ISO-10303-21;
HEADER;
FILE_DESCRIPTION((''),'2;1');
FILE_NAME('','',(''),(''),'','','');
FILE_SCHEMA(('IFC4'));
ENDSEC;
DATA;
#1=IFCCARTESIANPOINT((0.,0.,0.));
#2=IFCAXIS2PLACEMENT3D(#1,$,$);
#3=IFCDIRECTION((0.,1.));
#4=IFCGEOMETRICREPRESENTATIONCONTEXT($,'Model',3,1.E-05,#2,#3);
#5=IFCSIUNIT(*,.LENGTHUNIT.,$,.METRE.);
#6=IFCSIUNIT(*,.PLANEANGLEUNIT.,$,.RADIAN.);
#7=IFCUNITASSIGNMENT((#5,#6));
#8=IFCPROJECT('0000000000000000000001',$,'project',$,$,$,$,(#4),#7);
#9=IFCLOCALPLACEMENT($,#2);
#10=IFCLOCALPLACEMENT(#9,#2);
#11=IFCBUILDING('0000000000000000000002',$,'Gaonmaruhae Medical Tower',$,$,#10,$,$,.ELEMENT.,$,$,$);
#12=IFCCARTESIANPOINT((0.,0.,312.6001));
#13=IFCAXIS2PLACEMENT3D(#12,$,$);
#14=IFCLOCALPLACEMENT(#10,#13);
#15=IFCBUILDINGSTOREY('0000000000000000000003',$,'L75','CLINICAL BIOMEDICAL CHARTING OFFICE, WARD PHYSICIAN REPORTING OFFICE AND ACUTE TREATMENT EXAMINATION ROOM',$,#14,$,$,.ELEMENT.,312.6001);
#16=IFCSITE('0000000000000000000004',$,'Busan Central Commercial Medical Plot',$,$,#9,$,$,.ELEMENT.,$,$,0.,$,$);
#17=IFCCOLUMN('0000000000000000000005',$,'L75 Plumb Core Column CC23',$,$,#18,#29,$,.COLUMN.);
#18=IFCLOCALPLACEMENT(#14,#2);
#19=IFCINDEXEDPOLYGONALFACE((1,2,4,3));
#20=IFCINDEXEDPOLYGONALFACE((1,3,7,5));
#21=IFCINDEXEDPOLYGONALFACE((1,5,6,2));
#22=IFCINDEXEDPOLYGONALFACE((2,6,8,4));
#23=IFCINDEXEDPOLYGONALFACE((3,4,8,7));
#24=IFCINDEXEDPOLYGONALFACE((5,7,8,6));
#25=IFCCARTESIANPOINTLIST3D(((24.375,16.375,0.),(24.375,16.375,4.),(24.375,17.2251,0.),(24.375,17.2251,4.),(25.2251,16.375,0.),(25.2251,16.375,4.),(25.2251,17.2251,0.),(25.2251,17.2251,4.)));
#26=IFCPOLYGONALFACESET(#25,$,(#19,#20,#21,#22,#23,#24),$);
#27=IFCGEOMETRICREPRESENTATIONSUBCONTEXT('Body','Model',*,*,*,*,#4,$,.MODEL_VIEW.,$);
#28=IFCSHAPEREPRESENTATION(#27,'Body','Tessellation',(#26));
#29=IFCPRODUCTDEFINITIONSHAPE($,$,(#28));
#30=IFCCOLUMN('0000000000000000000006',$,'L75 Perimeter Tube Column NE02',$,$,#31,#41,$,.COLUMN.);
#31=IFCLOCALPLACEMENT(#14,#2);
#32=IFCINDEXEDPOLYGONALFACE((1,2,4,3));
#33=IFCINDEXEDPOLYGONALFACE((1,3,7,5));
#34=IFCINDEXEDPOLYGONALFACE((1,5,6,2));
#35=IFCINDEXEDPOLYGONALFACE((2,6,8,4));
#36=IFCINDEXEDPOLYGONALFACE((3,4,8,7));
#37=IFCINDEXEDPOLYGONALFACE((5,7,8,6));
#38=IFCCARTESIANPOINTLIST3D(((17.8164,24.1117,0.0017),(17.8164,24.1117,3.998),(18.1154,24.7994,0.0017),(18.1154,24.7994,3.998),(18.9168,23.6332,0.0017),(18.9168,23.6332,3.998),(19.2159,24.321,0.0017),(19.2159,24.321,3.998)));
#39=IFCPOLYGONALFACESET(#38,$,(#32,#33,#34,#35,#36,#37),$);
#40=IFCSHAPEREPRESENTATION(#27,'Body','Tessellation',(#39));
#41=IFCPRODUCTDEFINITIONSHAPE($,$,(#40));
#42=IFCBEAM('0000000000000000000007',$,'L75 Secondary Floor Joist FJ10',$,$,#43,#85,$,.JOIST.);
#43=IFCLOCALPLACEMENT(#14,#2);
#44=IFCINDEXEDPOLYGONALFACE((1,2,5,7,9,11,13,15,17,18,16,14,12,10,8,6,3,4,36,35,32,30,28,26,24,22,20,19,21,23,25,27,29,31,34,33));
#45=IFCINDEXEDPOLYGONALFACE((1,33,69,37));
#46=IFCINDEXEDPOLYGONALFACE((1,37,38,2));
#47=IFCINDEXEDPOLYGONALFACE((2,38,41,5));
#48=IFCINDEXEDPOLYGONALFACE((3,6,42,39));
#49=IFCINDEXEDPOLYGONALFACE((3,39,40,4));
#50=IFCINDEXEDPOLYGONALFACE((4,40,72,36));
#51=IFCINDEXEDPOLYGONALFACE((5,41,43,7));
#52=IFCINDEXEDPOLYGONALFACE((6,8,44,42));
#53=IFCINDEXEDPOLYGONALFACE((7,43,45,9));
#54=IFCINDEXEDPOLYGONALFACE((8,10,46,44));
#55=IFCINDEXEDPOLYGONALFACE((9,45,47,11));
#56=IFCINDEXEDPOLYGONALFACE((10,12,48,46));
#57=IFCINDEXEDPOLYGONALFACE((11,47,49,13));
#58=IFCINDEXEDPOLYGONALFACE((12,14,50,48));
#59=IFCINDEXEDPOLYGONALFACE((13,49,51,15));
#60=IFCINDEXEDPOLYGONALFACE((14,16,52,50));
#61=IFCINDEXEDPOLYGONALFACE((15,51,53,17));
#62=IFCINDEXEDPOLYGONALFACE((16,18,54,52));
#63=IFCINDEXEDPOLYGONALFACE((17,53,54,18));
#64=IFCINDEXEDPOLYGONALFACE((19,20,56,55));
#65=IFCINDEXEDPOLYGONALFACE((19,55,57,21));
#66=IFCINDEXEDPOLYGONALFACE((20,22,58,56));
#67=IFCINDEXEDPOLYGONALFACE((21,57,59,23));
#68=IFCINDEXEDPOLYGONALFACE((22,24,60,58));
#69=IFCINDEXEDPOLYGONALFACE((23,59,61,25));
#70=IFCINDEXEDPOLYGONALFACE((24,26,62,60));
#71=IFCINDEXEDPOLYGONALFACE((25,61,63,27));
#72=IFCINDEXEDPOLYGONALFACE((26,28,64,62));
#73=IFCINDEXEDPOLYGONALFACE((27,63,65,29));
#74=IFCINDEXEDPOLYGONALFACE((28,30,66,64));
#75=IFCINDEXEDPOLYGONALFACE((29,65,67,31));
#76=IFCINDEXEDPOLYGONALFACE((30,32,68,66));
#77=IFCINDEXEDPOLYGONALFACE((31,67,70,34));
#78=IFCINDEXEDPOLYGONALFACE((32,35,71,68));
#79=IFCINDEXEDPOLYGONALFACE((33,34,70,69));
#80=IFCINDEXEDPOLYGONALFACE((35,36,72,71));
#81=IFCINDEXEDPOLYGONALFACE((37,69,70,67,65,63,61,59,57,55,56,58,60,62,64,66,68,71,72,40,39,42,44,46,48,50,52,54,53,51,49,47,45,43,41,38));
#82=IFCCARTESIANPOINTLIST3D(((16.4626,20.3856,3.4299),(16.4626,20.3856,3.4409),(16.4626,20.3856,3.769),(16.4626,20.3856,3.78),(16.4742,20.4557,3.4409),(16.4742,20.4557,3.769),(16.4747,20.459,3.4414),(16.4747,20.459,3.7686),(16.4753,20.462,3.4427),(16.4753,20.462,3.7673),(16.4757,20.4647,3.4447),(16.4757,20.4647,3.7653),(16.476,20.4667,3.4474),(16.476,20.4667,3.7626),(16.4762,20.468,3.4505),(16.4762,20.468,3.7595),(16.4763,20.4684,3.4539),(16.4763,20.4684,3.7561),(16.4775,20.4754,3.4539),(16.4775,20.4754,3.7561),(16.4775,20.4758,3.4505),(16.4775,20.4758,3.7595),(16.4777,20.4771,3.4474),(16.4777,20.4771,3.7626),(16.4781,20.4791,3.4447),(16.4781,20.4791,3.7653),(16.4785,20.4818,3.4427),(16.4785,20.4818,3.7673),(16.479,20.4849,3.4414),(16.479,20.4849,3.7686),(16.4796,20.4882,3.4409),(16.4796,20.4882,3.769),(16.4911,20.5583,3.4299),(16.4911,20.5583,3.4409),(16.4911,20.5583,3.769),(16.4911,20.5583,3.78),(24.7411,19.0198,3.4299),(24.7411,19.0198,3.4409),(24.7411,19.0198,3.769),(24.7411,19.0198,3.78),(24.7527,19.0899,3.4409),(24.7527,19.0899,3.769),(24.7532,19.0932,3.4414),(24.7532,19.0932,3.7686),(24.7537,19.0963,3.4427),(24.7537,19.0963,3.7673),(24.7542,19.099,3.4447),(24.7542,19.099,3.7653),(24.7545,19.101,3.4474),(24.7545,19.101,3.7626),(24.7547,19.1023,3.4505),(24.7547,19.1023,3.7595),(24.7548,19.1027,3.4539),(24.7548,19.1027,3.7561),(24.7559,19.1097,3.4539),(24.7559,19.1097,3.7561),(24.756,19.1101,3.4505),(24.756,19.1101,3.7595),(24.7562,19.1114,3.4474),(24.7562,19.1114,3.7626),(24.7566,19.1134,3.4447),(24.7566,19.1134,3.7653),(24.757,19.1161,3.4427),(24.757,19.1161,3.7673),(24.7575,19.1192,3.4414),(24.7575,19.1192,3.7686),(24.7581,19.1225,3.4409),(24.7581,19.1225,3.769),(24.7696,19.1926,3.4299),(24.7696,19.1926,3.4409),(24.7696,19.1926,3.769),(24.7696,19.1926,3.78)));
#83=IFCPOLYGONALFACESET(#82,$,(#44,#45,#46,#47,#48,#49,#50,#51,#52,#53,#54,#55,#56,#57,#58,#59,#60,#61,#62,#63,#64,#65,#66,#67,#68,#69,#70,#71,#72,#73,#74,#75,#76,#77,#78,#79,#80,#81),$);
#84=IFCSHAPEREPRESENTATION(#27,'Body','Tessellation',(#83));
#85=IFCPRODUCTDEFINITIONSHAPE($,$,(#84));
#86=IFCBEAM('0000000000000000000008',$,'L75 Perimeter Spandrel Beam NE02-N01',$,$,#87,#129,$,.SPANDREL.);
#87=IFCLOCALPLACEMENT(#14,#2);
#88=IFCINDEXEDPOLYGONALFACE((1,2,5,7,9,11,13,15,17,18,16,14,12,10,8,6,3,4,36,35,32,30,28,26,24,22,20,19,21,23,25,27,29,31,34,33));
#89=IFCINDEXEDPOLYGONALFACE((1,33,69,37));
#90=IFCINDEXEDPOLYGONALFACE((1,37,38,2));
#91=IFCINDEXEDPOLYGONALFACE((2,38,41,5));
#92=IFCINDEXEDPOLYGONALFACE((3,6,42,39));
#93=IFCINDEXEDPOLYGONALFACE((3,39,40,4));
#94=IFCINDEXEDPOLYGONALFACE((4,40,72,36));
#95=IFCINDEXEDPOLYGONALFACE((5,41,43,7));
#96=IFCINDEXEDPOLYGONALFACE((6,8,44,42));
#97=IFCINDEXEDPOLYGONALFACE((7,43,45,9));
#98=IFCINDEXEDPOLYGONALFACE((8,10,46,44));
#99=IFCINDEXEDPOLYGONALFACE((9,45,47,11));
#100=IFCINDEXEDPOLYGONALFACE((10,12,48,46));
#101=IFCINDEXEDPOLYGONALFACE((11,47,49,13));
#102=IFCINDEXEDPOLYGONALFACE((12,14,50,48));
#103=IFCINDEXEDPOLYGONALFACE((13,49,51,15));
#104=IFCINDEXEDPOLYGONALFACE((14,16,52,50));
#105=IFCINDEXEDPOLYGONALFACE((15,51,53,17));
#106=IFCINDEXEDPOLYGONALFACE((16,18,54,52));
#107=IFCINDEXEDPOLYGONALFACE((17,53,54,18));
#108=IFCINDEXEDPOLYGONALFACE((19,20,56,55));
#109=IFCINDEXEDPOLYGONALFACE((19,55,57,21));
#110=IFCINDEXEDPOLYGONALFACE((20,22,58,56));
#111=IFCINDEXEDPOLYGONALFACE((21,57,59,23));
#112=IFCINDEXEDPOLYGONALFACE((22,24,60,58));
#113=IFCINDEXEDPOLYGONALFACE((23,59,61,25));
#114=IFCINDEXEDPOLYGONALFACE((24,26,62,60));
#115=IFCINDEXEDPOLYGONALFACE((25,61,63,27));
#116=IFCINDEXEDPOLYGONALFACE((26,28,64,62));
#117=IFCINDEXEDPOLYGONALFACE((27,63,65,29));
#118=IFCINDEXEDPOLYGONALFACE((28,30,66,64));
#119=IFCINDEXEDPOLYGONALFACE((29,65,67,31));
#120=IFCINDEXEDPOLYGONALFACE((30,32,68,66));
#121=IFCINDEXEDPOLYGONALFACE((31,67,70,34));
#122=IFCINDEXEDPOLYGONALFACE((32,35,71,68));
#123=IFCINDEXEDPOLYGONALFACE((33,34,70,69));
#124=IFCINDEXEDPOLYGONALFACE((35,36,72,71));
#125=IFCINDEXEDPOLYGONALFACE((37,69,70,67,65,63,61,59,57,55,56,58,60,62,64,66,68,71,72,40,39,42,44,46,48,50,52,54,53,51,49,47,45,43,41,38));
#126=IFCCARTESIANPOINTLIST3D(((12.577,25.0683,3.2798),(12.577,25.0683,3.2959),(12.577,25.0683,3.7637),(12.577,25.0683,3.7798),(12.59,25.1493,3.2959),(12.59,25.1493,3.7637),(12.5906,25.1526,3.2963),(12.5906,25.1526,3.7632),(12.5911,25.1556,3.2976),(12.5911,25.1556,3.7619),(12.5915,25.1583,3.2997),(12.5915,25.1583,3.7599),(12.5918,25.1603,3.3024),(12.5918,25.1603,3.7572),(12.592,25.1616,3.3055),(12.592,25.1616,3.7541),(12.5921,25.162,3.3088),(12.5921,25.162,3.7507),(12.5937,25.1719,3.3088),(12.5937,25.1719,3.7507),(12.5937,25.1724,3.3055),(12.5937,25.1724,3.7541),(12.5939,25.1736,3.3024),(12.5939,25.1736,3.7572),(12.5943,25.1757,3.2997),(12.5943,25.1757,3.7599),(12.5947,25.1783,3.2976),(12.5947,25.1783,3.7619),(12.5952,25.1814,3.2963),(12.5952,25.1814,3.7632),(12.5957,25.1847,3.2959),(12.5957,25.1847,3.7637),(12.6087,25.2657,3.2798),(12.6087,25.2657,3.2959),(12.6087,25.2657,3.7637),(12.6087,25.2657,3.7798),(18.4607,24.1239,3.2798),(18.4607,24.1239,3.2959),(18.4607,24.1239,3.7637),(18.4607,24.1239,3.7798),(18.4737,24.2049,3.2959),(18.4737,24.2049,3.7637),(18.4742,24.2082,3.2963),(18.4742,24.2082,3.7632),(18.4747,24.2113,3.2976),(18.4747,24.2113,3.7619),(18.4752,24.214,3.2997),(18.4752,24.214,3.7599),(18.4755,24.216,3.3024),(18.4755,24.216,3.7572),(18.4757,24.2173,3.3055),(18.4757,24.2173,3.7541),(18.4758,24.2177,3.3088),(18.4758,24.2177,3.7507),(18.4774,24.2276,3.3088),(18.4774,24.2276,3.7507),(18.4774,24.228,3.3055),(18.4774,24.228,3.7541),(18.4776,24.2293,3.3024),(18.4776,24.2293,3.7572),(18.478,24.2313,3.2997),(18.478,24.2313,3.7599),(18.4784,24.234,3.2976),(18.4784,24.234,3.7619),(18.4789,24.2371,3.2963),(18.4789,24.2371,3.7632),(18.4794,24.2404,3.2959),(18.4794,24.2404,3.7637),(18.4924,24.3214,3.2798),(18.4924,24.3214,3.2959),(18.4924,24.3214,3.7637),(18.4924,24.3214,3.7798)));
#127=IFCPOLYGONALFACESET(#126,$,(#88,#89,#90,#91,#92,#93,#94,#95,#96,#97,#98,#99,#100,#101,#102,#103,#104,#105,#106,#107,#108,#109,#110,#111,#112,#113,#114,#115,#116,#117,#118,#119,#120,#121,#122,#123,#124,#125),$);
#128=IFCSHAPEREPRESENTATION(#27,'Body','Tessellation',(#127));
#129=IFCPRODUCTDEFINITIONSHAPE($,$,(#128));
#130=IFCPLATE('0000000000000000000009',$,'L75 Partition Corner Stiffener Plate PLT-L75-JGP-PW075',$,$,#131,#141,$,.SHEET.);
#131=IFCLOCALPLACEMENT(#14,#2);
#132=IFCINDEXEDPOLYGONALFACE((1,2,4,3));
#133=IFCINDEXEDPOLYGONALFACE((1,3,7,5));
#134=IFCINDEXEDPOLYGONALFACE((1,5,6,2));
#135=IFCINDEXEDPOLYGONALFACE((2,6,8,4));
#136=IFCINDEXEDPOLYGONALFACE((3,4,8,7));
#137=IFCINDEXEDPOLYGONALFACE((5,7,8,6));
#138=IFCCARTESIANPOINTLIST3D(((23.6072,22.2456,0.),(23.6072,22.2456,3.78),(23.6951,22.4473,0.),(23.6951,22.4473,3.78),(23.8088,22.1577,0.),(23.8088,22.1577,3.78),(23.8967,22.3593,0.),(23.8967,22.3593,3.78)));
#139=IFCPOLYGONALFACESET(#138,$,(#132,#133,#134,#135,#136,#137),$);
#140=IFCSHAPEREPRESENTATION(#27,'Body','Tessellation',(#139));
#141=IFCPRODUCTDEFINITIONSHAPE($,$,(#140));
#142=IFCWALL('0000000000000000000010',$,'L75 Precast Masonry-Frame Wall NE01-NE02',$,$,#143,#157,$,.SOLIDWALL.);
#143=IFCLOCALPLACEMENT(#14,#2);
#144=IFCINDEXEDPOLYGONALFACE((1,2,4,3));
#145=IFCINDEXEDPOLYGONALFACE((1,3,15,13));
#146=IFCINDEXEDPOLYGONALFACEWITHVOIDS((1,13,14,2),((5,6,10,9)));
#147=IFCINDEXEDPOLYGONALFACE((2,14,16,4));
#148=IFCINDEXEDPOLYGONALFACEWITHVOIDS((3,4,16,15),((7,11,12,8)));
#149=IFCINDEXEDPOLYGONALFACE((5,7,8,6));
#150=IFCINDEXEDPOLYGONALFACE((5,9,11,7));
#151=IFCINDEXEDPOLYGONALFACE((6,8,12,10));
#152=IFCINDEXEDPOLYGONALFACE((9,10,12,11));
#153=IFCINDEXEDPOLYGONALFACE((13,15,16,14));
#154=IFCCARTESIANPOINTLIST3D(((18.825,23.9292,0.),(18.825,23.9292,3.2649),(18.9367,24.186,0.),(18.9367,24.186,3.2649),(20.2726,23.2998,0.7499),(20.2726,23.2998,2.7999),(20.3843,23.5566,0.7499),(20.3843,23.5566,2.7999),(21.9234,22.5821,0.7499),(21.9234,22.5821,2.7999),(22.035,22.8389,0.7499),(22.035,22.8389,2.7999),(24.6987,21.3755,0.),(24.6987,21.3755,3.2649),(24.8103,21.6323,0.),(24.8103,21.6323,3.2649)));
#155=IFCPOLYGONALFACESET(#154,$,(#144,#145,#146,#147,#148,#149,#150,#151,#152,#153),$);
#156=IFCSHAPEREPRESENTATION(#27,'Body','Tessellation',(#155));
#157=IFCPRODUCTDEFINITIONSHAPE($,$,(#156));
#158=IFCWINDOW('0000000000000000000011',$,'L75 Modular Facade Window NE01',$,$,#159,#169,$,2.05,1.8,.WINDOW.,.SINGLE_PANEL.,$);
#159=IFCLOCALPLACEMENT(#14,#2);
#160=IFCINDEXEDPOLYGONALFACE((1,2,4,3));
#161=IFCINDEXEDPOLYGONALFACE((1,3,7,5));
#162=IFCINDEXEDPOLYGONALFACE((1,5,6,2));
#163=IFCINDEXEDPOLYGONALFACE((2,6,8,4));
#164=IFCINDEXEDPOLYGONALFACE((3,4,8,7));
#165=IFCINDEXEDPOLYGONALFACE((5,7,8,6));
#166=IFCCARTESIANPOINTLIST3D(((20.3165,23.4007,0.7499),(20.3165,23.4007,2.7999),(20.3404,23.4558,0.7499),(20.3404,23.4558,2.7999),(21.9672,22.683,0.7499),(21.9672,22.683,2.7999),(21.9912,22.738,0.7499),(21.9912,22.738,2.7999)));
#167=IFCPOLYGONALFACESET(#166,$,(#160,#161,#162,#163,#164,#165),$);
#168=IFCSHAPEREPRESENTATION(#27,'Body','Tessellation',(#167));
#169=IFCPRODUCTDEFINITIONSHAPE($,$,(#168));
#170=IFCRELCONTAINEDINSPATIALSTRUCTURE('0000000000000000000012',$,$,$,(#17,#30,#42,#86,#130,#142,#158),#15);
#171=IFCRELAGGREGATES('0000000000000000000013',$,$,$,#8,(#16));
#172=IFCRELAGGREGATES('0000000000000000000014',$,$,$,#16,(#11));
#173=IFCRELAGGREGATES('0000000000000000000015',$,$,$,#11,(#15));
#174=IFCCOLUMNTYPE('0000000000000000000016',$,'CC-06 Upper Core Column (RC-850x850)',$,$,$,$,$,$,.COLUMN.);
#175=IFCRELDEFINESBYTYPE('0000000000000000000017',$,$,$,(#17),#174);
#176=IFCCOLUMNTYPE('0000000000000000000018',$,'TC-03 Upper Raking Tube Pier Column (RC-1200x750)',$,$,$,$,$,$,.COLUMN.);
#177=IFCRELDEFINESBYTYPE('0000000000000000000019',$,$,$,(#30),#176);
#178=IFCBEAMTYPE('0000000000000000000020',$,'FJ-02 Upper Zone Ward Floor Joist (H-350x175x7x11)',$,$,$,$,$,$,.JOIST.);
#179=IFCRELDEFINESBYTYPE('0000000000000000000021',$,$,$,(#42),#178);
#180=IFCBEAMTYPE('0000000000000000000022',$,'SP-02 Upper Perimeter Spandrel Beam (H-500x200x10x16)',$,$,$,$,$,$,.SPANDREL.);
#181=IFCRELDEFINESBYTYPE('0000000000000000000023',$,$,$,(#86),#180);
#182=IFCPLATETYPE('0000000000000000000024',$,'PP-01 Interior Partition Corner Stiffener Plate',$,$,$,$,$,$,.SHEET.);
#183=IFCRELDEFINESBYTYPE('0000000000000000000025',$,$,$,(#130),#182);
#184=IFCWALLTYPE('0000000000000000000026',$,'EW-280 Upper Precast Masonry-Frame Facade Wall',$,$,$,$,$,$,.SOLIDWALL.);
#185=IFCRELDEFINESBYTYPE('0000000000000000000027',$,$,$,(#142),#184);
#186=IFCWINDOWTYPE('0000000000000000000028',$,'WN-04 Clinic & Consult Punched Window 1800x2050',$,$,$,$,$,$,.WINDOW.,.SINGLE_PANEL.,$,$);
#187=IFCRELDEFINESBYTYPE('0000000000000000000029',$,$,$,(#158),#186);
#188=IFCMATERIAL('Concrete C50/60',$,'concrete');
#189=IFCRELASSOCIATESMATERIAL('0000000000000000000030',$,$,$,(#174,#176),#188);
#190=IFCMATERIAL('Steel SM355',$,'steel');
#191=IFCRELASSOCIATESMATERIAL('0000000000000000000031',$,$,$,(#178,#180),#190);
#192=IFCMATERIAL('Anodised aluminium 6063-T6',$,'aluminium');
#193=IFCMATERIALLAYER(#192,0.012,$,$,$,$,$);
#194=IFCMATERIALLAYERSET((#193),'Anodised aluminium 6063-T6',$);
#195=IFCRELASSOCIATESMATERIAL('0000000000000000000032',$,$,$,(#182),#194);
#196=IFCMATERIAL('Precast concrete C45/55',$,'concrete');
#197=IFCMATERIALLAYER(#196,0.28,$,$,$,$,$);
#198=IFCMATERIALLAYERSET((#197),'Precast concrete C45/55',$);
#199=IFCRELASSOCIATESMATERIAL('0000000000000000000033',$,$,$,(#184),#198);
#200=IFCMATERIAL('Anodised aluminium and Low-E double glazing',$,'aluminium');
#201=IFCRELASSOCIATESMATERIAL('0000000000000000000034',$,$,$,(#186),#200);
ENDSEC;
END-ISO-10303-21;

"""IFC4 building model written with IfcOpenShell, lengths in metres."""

from ifc_helpers import new_model, si_unit, direction, frame, frame_2d, origin, origin_2d, place, context, subcontext, project, spatial, rectangle, i_section, extrude, material, layer, layer_set, material_profile, profile_set, type_object, element, fill, save


model = new_model("IFC4")

# Units and contexts
model_context = context("Model", 3, precision=1e-05, world=origin(), true_north=direction((0.0, 1.0)))
body_context = subcontext(model_context, "Body", "Model", "MODEL_VIEW")
ifc_project = project(units=[si_unit("LENGTHUNIT", "METRE"), si_unit("PLANEANGLEUNIT", "RADIAN")], contexts=[model_context])

# Site, building, storey
site_placement = place(None, origin())
site = spatial("IfcSite", under=ifc_project, at=site_placement, Name="Busan Central Commercial Medical Plot", CompositionType="ELEMENT", RefElevation=0.0)
building_placement = place(site_placement, origin())
building = spatial("IfcBuilding", under=site, at=building_placement, Name="Gaonmaruhae Medical Tower", CompositionType="ELEMENT")
storey_placement = place(building_placement, frame((0.0, 0.0, 312.6001)))
storey = spatial("IfcBuildingStorey", under=building, at=storey_placement, Name="L75", Description="CLINICAL BIOMEDICAL CHARTING OFFICE, WARD PHYSICIAN REPORTING OFFICE AND ACUTE TREATMENT EXAMINATION ROOM", CompositionType="ELEMENT", Elevation=312.6001)

# Columns
ifc_material_1 = material(Name="Concrete C50/60", Category="concrete")
ifc_material_profile_1 = material_profile(ifc_material_1, rectangle(XDim=0.8501, YDim=0.8501, at=origin_2d()), Name="RC-850x850")
ifc_profile_set_1 = profile_set([ifc_material_profile_1], Name="Concrete C50/60")
column_type_1 = type_object("IfcColumnType", Name="CC-06 Upper Core Column (RC-850x850)", PredefinedType="COLUMN", material=ifc_profile_set_1)
column_1_placement = place(storey_placement, frame((24.8, 16.8, 0.0), z_axis=(0.0, 0.0, 1.0), x_axis=(1.0, 0.0, 0.0)))
element("IfcColumn", 1, at=column_1_placement, inside=storey, type_object=column_type_1, Name="L75 Plumb Core Column CC23", PredefinedType="COLUMN", context=body_context, shape_type="SweptSolid", body=[
    extrude(rectangle(XDim=0.8501, YDim=0.8501, at=origin_2d()), origin(), (0.0, 0.0, 1.0), 4.0),
])
ifc_material_profile_2 = material_profile(ifc_material_1, rectangle(XDim=1.2, YDim=0.75, at=origin_2d()), Name="RC-1200x750")
ifc_profile_set_2 = profile_set([ifc_material_profile_2], Name="Concrete C50/60")
column_type_2 = type_object("IfcColumnType", Name="TC-03 Upper Raking Tube Pier Column (RC-1200x750)", PredefinedType="COLUMN", material=ifc_profile_set_2)
column_2_placement = place(storey_placement, frame((18.5161, 24.2163, 0.0017), z_axis=(0.0, 0.0, 1.0), x_axis=(-0.91706, 0.398749, 0.0)))
element("IfcColumn", 2, at=column_2_placement, inside=storey, type_object=column_type_2, Name="L75 Perimeter Tube Column NE02", PredefinedType="COLUMN", context=body_context, shape_type="SweptSolid", body=[
    extrude(rectangle(XDim=1.2, YDim=0.75, at=origin_2d()), origin(), (0.0, 0.0, 1.0), 3.9963),
])

# Beams
ifc_material_2 = material(Name="Steel SM355", Category="steel")
ifc_material_profile_3 = material_profile(ifc_material_2, i_section(OverallWidth=0.175, OverallDepth=0.3501, WebThickness=0.0071, FlangeThickness=0.011, FilletRadius=0.0129, at=origin_2d()), Name="H-350x175x7x11")
ifc_profile_set_3 = profile_set([ifc_material_profile_3], Name="Steel SM355")
beam_type_1 = type_object("IfcBeamType", Name="FJ-02 Upper Zone Ward Floor Joist (H-350x175x7x11)", PredefinedType="JOIST", material=ifc_profile_set_3)
beam_1_placement = place(storey_placement, frame((24.7554, 19.1062, 3.605), z_axis=(-0.986664, 0.162771, 0.0), x_axis=(-0.162771, -0.986664, 0.0)))
element("IfcBeam", 3, at=beam_1_placement, inside=storey, type_object=beam_type_1, Name="L75 Secondary Floor Joist FJ10", PredefinedType="JOIST", context=body_context, shape_type="SweptSolid", body=[
    extrude(i_section(OverallWidth=0.175, OverallDepth=0.3501, WebThickness=0.0071, FlangeThickness=0.011, FilletRadius=0.0129, at=origin_2d()), origin(), (0.0, 0.0, 1.0), 8.3904),
])
ifc_material_profile_4 = material_profile(ifc_material_2, i_section(OverallWidth=0.2, OverallDepth=0.5, WebThickness=0.01, FlangeThickness=0.0161, FilletRadius=0.0129, at=origin_2d()), Name="H-500x200x10x16")
ifc_profile_set_4 = profile_set([ifc_material_profile_4], Name="Steel SM355")
beam_type_2 = type_object("IfcBeamType", Name="SP-02 Upper Perimeter Spandrel Beam (H-500x200x10x16)", PredefinedType="SPANDREL", material=ifc_profile_set_4)
beam_2_placement = place(storey_placement, frame((18.4766, 24.2227, 3.5298), z_axis=(-0.987364, 0.15847, 0.0), x_axis=(-0.15847, -0.987364, 0.0)))
element("IfcBeam", 4, at=beam_2_placement, inside=storey, type_object=beam_type_2, Name="L75 Perimeter Spandrel Beam NE02-N01", PredefinedType="SPANDREL", context=body_context, shape_type="SweptSolid", body=[
    extrude(i_section(OverallWidth=0.2, OverallDepth=0.5, WebThickness=0.01, FlangeThickness=0.0161, FilletRadius=0.0129, at=origin_2d()), origin(), (0.0, 0.0, 1.0), 5.959),
])

# Plate
ifc_material_3 = material(Name="Anodised aluminium 6063-T6", Category="aluminium")
ifc_layer_1 = layer(ifc_material_3, 0.012)
ifc_layer_set_1 = layer_set([ifc_layer_1], Name="Anodised aluminium 6063-T6")
plate_type = type_object("IfcPlateType", Name="PP-01 Interior Partition Corner Stiffener Plate", PredefinedType="SHEET", material=ifc_layer_set_1)
plate_placement = place(storey_placement, frame((23.752, 22.3025, 0.0), z_axis=(0.0, 0.0, 1.0), x_axis=(-0.399741, -0.916628, 0.0)))
element("IfcPlate", 5, at=plate_placement, inside=storey, type_object=plate_type, Name="L75 Partition Corner Stiffener Plate PLT-L75-JGP-PW075", PredefinedType="SHEET", context=body_context, shape_type="SweptSolid", body=[
    extrude(rectangle(XDim=0.22, YDim=0.22, at=origin_2d()), origin(), (0.0, 0.0, 1.0), 3.78),
])

# Wall, opening, window
ifc_material_4 = material(Name="Precast concrete C45/55", Category="concrete")
ifc_layer_2 = layer(ifc_material_4, 0.28)
ifc_layer_set_2 = layer_set([ifc_layer_2], Name="Precast concrete C45/55")
wall_type_1 = type_object("IfcWallType", Name="EW-280 Upper Precast Masonry-Frame Facade Wall", PredefinedType="SOLIDWALL", material=ifc_layer_set_2)
wall_1_placement = place(storey_placement, frame((18.8809, 24.0576, 0.0), z_axis=(0.0, 0.0, 1.0), x_axis=(0.91707, -0.398726, 0.0)))
wall_1 = element("IfcWall", 6, at=wall_1_placement, inside=storey, type_object=wall_type_1, Name="L75 Precast Masonry-Frame Wall NE01-NE02", PredefinedType="SOLIDWALL", context=body_context, shape_type="SweptSolid", body=[
    extrude(rectangle(XDim=6.4048, YDim=0.28, at=frame_2d((3.2024, 0.0))), origin(), (0.0, 0.0, 1.0), 3.2649),
])
opening_1_placement = place(wall_1_placement, frame((1.5786, 0.0, 0.75)))
opening_1 = element("IfcOpeningElement", 7, at=opening_1_placement, cuts=wall_1, PredefinedType="OPENING", context=body_context, shape_type="SweptSolid", body=[
    extrude(rectangle(XDim=1.8, YDim=2.05, at=frame_2d((0.8999, 1.0249))), frame((0.0, 0.1499, 0.0), z_axis=(0.0, -1.0, 0.0), x_axis=(1.0, 0.0, 0.0)), (0.0, 0.0, 1.0), 0.3),
])
ifc_material_5 = material(Name="Anodised aluminium and Low-E double glazing", Category="aluminium")
window_type = type_object("IfcWindowType", Name="WN-04 Clinic & Consult Punched Window 1800x2050", PartitioningType="SINGLE_PANEL", PredefinedType="WINDOW", material=ifc_material_5)
window_placement = place(opening_1_placement, origin())
window = element("IfcWindow", 8, at=window_placement, inside=storey, type_object=window_type, Name="L75 Modular Facade Window NE01", OverallHeight=2.05, OverallWidth=1.8, PartitioningType="SINGLE_PANEL", PredefinedType="WINDOW", context=body_context, shape_type="SweptSolid", body=[
    extrude(rectangle(XDim=1.8, YDim=2.05, at=frame_2d((0.8999, 1.0249))), frame((0.0, 0.03, 0.0), z_axis=(0.0, -1.0, 0.0), x_axis=(1.0, 0.0, 0.0)), (0.0, 0.0, 1.0), 0.0601),
])
fill(opening_1, window)

save(model, "model.ifc")
